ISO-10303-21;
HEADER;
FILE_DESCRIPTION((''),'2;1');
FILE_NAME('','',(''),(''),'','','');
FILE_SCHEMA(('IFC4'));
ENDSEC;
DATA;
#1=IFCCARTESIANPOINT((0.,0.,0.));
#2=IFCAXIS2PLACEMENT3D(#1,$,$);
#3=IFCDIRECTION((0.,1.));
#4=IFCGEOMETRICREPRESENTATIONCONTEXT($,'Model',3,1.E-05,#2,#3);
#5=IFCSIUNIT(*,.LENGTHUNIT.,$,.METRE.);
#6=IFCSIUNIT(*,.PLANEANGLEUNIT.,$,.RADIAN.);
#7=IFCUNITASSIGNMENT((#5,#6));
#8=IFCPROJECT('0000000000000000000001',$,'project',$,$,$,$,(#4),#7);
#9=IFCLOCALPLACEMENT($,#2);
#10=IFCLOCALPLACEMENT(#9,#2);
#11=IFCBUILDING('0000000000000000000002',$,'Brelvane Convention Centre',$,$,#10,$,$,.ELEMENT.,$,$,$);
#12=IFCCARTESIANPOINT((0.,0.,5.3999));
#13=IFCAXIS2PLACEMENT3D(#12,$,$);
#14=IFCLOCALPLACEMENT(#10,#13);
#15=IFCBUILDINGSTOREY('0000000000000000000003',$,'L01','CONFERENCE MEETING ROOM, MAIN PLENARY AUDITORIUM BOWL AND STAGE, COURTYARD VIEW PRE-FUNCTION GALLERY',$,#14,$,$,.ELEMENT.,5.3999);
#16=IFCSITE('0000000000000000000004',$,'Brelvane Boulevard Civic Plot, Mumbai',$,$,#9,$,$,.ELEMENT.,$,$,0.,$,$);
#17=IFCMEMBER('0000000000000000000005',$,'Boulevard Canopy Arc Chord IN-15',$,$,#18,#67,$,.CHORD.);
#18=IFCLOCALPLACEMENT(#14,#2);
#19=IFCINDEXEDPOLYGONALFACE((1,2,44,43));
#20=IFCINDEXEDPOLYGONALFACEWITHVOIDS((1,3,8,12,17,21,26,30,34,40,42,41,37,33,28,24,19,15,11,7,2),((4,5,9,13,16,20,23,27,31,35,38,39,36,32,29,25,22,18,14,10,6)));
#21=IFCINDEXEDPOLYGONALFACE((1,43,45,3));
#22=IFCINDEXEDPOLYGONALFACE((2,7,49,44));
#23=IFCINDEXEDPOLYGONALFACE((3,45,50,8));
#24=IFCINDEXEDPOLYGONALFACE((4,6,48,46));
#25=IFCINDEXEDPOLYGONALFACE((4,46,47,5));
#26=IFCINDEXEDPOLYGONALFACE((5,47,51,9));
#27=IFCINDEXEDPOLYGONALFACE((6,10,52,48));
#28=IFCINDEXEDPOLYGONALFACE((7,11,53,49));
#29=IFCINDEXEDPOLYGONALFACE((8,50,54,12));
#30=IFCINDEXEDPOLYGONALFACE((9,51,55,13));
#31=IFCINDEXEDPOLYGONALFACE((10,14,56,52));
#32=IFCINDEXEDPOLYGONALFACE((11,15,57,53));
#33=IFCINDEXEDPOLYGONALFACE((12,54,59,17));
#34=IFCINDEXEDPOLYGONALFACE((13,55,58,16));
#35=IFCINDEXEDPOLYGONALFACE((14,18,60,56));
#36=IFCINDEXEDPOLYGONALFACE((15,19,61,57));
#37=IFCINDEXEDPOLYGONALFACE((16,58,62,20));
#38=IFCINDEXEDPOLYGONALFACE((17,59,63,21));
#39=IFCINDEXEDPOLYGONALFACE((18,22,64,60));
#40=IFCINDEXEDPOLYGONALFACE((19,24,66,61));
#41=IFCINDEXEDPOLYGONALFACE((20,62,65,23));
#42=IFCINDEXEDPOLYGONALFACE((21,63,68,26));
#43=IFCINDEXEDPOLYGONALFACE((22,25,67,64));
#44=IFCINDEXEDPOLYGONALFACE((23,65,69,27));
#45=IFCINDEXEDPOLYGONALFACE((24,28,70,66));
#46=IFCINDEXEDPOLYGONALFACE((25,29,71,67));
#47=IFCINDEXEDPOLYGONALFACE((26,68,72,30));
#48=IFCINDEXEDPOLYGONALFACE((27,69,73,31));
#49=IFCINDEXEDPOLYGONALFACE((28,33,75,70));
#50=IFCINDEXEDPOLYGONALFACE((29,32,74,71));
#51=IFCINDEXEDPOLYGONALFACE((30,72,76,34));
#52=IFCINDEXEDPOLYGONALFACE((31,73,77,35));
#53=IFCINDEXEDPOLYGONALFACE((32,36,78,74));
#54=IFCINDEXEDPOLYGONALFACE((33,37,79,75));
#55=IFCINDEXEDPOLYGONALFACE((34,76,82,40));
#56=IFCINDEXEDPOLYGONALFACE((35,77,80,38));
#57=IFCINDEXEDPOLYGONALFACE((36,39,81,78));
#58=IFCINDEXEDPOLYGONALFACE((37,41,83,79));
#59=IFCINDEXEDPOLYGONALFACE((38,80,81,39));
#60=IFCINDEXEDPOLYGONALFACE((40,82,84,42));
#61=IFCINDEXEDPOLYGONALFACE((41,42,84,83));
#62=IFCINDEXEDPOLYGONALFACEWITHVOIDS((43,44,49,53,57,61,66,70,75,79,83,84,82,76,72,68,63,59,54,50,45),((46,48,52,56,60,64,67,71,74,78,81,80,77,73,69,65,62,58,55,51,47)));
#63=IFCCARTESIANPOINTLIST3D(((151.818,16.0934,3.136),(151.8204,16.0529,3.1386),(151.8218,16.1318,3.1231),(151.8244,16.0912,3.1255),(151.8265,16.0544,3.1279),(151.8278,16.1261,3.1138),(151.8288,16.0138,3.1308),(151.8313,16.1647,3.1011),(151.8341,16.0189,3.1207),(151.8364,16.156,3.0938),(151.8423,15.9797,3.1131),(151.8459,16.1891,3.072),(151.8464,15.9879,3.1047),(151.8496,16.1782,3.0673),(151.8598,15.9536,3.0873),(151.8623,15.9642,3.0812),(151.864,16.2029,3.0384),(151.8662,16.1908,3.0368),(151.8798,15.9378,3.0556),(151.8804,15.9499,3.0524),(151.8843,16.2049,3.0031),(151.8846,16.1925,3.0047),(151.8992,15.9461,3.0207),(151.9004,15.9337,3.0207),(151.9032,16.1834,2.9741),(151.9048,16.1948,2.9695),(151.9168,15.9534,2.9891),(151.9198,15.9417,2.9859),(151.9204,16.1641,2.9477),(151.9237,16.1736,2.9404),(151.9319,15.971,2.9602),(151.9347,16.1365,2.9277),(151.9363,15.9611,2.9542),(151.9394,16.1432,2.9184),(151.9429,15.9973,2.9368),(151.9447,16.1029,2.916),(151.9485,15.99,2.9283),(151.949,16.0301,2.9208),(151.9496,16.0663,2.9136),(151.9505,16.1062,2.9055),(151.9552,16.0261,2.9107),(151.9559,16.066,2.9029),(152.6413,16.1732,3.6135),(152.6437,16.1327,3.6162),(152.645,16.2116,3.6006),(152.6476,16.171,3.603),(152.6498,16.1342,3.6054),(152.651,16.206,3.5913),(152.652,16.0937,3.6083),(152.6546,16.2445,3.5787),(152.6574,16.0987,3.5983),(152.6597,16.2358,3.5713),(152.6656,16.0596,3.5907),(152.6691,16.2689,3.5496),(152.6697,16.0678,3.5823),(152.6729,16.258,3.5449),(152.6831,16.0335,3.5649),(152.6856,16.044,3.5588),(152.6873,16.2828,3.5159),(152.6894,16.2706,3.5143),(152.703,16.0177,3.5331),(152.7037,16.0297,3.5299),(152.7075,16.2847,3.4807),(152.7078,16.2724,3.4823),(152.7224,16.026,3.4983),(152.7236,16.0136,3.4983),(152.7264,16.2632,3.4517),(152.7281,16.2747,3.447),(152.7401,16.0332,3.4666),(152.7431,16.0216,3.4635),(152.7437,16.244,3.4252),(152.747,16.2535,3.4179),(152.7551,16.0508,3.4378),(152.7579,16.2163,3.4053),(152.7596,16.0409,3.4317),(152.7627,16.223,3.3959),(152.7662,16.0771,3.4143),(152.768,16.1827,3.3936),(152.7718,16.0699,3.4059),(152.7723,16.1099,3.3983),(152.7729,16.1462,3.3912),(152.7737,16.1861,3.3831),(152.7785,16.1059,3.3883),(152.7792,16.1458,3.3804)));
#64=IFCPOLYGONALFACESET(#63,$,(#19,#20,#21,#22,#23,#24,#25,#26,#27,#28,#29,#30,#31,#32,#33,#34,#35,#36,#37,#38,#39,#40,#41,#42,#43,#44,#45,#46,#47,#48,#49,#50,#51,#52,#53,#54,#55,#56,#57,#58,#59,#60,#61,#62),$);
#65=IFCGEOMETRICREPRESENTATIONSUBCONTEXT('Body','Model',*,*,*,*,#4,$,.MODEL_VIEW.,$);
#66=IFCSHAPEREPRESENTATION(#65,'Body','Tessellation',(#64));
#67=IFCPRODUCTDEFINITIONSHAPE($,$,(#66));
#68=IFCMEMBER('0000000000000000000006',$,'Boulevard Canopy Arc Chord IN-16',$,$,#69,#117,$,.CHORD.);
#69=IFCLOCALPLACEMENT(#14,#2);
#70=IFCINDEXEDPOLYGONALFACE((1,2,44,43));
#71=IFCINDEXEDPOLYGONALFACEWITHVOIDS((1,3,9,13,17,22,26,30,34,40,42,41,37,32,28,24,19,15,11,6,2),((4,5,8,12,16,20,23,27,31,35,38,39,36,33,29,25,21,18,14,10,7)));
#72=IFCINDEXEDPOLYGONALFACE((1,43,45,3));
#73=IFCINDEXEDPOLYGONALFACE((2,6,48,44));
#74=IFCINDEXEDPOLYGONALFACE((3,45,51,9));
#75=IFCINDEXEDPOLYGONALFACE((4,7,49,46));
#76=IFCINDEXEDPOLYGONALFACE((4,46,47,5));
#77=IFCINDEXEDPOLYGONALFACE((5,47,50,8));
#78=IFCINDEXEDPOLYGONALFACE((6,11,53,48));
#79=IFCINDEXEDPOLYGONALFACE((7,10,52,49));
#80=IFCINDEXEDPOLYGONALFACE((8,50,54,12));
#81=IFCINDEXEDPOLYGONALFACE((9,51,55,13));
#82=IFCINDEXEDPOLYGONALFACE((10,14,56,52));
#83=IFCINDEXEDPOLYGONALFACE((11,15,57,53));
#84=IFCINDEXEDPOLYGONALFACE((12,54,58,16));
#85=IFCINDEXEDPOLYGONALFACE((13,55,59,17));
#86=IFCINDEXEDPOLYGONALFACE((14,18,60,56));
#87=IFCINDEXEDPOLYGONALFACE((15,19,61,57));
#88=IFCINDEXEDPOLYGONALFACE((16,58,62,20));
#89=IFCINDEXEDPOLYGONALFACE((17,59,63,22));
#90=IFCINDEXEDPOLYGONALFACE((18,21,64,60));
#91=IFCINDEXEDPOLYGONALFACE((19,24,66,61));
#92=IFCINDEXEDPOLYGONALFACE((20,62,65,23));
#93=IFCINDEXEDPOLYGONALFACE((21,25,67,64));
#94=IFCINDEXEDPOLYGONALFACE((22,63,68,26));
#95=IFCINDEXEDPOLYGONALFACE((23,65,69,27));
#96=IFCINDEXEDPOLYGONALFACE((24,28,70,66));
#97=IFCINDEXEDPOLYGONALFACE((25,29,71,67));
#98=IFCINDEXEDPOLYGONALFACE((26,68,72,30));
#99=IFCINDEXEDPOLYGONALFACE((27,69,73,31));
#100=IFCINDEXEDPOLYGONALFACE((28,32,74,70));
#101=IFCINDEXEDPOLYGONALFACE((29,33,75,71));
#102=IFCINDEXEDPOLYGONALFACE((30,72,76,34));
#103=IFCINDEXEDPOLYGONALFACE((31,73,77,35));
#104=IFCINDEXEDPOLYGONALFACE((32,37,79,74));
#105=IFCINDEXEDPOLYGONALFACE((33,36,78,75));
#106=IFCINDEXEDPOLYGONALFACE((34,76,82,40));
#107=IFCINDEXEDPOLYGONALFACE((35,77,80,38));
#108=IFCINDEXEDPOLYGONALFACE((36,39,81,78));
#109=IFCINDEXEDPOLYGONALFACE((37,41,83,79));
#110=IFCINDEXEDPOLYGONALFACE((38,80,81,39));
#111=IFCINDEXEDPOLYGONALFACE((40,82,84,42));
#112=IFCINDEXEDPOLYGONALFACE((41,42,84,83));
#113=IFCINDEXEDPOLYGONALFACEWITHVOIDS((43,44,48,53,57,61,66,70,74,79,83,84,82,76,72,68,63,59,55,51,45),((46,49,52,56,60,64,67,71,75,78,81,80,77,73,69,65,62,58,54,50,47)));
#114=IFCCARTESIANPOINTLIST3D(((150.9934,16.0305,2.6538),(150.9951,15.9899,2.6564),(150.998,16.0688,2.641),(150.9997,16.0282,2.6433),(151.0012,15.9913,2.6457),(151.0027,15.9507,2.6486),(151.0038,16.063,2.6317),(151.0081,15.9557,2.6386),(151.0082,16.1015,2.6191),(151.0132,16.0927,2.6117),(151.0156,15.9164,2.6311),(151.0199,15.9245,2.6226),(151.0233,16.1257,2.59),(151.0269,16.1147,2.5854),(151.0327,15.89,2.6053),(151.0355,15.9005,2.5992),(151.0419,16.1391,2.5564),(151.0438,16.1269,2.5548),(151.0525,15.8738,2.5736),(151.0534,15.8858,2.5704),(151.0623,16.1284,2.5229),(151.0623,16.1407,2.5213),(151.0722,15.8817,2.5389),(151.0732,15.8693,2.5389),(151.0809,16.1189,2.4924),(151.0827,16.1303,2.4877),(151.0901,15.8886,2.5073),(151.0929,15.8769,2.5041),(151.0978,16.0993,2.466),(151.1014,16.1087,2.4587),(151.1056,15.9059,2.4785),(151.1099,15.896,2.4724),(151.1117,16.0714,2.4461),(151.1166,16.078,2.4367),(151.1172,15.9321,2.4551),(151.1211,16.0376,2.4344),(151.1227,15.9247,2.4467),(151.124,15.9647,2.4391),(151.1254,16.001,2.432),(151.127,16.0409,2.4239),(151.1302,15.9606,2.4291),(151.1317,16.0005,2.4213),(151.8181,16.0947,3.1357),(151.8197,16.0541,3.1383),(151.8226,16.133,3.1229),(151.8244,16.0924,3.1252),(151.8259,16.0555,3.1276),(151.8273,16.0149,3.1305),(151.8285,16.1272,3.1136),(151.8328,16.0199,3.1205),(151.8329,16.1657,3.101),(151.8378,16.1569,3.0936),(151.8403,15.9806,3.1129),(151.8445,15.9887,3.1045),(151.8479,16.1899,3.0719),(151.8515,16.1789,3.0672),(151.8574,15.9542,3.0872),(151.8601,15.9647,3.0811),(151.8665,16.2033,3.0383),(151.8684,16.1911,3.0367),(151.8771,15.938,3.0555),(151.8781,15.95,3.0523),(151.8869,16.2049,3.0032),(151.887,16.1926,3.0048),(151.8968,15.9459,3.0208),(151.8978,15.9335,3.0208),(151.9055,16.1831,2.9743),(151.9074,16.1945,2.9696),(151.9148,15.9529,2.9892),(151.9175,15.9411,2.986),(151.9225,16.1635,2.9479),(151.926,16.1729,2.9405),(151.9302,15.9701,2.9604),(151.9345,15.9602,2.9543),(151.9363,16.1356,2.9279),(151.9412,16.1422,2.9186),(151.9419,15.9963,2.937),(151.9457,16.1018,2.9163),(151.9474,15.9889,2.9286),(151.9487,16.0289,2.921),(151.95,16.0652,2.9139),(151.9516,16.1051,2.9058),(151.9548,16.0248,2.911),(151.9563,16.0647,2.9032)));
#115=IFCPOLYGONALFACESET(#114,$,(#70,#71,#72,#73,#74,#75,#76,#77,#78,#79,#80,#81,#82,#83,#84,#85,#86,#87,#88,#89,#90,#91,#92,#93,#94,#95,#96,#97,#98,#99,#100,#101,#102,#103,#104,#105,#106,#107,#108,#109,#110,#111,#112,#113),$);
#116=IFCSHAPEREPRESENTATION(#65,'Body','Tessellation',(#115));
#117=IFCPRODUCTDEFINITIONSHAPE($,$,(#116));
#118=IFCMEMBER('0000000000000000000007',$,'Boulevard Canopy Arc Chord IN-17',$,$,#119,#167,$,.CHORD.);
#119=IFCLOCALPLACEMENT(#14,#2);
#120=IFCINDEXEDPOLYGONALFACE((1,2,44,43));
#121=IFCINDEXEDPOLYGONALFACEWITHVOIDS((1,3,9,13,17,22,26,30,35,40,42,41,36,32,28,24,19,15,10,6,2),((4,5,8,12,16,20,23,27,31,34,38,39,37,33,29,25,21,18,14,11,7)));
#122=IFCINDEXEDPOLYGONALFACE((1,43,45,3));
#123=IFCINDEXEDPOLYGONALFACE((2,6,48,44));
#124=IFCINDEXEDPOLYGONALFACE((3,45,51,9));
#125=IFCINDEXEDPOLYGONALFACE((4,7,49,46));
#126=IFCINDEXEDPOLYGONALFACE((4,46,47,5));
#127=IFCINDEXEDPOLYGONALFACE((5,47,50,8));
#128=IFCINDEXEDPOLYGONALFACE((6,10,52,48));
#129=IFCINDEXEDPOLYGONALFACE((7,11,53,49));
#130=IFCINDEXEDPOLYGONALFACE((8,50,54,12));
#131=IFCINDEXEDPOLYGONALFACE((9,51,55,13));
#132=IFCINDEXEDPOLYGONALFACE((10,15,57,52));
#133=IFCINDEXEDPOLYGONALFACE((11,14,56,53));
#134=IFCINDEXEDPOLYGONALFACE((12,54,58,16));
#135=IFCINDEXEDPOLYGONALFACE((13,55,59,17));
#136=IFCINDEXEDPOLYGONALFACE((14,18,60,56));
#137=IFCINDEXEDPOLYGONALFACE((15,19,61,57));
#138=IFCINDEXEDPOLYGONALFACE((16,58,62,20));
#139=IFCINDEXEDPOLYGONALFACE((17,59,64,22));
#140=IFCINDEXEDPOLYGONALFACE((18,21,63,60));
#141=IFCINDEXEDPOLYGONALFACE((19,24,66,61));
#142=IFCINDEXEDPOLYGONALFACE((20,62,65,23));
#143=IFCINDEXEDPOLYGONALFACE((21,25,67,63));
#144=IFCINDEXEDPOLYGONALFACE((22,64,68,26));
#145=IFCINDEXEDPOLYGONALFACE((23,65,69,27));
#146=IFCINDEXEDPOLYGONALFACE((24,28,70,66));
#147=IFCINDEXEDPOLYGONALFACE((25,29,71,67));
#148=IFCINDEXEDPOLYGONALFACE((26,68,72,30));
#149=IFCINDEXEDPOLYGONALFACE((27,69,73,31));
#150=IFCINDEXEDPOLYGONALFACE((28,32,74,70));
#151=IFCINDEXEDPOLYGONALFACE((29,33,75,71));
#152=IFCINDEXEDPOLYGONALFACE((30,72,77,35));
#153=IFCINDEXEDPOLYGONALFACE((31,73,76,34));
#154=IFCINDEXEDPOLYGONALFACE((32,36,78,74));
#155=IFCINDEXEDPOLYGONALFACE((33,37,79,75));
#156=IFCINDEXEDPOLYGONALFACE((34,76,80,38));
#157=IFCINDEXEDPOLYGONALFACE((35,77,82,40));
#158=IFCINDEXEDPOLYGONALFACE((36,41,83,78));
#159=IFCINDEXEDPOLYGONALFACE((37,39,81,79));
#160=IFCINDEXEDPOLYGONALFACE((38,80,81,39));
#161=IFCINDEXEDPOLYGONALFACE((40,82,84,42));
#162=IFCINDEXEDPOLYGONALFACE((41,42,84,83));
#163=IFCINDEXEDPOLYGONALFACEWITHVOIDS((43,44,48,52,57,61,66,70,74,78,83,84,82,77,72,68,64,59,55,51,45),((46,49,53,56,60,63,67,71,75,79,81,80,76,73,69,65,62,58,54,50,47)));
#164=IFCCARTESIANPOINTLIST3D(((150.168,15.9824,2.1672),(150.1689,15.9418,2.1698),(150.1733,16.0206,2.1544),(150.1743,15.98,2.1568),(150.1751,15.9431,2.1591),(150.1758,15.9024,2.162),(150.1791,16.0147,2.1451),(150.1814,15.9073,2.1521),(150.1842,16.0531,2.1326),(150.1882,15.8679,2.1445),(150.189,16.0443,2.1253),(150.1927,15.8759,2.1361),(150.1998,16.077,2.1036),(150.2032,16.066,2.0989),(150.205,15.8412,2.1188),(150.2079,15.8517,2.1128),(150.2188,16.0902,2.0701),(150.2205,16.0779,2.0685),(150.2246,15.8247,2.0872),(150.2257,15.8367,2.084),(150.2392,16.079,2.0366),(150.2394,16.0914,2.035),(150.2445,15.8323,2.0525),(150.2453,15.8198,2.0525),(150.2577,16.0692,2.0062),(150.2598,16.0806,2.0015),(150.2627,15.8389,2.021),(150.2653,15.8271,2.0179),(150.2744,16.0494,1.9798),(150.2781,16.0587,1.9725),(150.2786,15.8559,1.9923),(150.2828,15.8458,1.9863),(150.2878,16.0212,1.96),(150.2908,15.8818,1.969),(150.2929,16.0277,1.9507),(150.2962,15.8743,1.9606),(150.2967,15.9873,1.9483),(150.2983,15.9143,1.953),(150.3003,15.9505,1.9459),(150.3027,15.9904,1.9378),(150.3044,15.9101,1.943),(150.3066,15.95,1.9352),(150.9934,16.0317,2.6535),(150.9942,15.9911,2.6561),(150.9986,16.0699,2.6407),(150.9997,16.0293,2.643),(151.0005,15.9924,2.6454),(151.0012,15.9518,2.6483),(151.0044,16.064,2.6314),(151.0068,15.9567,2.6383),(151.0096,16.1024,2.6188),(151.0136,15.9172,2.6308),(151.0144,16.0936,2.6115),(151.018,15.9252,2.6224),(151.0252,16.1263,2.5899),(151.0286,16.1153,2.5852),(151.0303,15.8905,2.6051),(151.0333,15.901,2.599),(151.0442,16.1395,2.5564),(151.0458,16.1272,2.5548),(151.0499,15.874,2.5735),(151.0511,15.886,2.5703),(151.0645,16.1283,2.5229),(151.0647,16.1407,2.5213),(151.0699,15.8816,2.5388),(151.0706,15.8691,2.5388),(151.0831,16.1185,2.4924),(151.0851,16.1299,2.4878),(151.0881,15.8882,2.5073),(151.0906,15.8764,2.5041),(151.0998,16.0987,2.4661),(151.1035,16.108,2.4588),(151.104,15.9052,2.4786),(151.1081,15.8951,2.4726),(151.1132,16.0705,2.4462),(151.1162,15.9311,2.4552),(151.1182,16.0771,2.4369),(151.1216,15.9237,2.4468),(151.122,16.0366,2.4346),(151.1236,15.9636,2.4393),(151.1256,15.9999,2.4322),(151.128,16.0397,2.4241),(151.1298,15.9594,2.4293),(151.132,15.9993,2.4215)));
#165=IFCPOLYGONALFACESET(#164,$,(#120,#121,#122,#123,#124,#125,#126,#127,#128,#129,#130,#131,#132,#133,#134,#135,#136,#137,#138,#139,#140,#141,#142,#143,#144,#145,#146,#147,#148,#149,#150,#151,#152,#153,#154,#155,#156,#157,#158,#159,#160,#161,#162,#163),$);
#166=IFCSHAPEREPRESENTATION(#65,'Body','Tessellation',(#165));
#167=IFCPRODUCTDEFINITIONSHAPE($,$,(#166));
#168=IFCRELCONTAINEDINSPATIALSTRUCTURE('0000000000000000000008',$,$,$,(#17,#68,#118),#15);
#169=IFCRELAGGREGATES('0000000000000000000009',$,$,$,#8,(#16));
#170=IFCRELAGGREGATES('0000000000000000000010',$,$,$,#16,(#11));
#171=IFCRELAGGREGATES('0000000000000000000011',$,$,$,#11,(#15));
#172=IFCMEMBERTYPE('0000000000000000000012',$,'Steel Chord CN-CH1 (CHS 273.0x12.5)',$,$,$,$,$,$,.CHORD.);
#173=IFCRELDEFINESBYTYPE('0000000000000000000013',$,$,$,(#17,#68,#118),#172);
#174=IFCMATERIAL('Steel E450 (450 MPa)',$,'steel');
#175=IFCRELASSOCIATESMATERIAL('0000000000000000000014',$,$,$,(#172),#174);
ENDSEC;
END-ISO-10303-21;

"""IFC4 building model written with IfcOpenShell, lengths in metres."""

from ifc_helpers import new_model, si_unit, direction, frame, origin, origin_2d, place, context, subcontext, project, spatial, hollow_circle, extrude, material, material_profile, profile_set, type_object, element, save


model = new_model("IFC4")

# Units and contexts
model_context = context("Model", 3, precision=1e-05, world=origin(), true_north=direction((0.0, 1.0)))
body_context = subcontext(model_context, "Body", "Model", "MODEL_VIEW")
ifc_project = project(units=[si_unit("LENGTHUNIT", "METRE"), si_unit("PLANEANGLEUNIT", "RADIAN")], contexts=[model_context])

# Site, building, storey
site_placement = place(None, origin())
site = spatial("IfcSite", under=ifc_project, at=site_placement, Name="Brelvane Boulevard Civic Plot, Mumbai", CompositionType="ELEMENT", RefElevation=0.0)
building_placement = place(site_placement, origin())
building = spatial("IfcBuilding", under=site, at=building_placement, Name="Brelvane Convention Centre", CompositionType="ELEMENT")
storey_placement = place(building_placement, frame((0.0, 0.0, 5.3999)))
storey = spatial("IfcBuildingStorey", under=building, at=storey_placement, Name="L01", Description="CONFERENCE MEETING ROOM, MAIN PLENARY AUDITORIUM BOWL AND STAGE, COURTYARD VIEW PRE-FUNCTION GALLERY", CompositionType="ELEMENT", Elevation=5.3999)

# Members
ifc_material_1 = material(Name="Steel E450 (450 MPa)", Category="steel")
ifc_material_profile_1 = material_profile(ifc_material_1, hollow_circle(Radius=0.1365, WallThickness=0.0125, at=origin_2d()), Name="CHS 273.0x12.5")
ifc_profile_set_1 = profile_set([ifc_material_profile_1], Name="Steel E450 (450 MPa)")
member_type_1 = type_object("IfcMemberType", Name="Steel Chord CN-CH1 (CHS 273.0x12.5)", PredefinedType="CHORD", material=ifc_profile_set_1)
member_1_placement = place(storey_placement, frame((152.7104, 16.1494, 3.4983), z_axis=(-0.861977, -0.08359, -0.500008), x_axis=(0.096522, -0.995331, 0.0)))
element("IfcMember", 1, at=member_1_placement, inside=storey, type_object=member_type_1, Name="Boulevard Canopy Arc Chord IN-15", PredefinedType="CHORD", context=body_context, shape_type="SweptSolid", body=[
    extrude(hollow_circle(Radius=0.1365, WallThickness=0.0125, at=origin_2d()), origin(), (0.0, 0.0, 1.0), 0.9551),
])
member_2_placement = place(storey_placement, frame((151.8872, 16.0696, 3.0208), z_axis=(-0.861445, -0.067069, -0.503402), x_axis=(0.077622, -0.996983, 0.0)))
element("IfcMember", 2, at=member_2_placement, inside=storey, type_object=member_type_1, Name="Boulevard Canopy Arc Chord IN-16", PredefinedType="CHORD", context=body_context, shape_type="SweptSolid", body=[
    extrude(hollow_circle(Radius=0.1365, WallThickness=0.0125, at=origin_2d()), origin(), (0.0, 0.0, 1.0), 0.9573),
])
member_3_placement = place(storey_placement, frame((151.0625, 16.0054, 2.5388), z_axis=(-0.860441, -0.051408, -0.50695), x_axis=(0.059639, -0.99822, 0.0)))
element("IfcMember", 3, at=member_3_placement, inside=storey, type_object=member_type_1, Name="Boulevard Canopy Arc Chord IN-17", PredefinedType="CHORD", context=body_context, shape_type="SweptSolid", body=[
    extrude(hollow_circle(Radius=0.1365, WallThickness=0.0125, at=origin_2d()), origin(), (0.0, 0.0, 1.0), 0.9592),
])

save(model, "model.ifc")
